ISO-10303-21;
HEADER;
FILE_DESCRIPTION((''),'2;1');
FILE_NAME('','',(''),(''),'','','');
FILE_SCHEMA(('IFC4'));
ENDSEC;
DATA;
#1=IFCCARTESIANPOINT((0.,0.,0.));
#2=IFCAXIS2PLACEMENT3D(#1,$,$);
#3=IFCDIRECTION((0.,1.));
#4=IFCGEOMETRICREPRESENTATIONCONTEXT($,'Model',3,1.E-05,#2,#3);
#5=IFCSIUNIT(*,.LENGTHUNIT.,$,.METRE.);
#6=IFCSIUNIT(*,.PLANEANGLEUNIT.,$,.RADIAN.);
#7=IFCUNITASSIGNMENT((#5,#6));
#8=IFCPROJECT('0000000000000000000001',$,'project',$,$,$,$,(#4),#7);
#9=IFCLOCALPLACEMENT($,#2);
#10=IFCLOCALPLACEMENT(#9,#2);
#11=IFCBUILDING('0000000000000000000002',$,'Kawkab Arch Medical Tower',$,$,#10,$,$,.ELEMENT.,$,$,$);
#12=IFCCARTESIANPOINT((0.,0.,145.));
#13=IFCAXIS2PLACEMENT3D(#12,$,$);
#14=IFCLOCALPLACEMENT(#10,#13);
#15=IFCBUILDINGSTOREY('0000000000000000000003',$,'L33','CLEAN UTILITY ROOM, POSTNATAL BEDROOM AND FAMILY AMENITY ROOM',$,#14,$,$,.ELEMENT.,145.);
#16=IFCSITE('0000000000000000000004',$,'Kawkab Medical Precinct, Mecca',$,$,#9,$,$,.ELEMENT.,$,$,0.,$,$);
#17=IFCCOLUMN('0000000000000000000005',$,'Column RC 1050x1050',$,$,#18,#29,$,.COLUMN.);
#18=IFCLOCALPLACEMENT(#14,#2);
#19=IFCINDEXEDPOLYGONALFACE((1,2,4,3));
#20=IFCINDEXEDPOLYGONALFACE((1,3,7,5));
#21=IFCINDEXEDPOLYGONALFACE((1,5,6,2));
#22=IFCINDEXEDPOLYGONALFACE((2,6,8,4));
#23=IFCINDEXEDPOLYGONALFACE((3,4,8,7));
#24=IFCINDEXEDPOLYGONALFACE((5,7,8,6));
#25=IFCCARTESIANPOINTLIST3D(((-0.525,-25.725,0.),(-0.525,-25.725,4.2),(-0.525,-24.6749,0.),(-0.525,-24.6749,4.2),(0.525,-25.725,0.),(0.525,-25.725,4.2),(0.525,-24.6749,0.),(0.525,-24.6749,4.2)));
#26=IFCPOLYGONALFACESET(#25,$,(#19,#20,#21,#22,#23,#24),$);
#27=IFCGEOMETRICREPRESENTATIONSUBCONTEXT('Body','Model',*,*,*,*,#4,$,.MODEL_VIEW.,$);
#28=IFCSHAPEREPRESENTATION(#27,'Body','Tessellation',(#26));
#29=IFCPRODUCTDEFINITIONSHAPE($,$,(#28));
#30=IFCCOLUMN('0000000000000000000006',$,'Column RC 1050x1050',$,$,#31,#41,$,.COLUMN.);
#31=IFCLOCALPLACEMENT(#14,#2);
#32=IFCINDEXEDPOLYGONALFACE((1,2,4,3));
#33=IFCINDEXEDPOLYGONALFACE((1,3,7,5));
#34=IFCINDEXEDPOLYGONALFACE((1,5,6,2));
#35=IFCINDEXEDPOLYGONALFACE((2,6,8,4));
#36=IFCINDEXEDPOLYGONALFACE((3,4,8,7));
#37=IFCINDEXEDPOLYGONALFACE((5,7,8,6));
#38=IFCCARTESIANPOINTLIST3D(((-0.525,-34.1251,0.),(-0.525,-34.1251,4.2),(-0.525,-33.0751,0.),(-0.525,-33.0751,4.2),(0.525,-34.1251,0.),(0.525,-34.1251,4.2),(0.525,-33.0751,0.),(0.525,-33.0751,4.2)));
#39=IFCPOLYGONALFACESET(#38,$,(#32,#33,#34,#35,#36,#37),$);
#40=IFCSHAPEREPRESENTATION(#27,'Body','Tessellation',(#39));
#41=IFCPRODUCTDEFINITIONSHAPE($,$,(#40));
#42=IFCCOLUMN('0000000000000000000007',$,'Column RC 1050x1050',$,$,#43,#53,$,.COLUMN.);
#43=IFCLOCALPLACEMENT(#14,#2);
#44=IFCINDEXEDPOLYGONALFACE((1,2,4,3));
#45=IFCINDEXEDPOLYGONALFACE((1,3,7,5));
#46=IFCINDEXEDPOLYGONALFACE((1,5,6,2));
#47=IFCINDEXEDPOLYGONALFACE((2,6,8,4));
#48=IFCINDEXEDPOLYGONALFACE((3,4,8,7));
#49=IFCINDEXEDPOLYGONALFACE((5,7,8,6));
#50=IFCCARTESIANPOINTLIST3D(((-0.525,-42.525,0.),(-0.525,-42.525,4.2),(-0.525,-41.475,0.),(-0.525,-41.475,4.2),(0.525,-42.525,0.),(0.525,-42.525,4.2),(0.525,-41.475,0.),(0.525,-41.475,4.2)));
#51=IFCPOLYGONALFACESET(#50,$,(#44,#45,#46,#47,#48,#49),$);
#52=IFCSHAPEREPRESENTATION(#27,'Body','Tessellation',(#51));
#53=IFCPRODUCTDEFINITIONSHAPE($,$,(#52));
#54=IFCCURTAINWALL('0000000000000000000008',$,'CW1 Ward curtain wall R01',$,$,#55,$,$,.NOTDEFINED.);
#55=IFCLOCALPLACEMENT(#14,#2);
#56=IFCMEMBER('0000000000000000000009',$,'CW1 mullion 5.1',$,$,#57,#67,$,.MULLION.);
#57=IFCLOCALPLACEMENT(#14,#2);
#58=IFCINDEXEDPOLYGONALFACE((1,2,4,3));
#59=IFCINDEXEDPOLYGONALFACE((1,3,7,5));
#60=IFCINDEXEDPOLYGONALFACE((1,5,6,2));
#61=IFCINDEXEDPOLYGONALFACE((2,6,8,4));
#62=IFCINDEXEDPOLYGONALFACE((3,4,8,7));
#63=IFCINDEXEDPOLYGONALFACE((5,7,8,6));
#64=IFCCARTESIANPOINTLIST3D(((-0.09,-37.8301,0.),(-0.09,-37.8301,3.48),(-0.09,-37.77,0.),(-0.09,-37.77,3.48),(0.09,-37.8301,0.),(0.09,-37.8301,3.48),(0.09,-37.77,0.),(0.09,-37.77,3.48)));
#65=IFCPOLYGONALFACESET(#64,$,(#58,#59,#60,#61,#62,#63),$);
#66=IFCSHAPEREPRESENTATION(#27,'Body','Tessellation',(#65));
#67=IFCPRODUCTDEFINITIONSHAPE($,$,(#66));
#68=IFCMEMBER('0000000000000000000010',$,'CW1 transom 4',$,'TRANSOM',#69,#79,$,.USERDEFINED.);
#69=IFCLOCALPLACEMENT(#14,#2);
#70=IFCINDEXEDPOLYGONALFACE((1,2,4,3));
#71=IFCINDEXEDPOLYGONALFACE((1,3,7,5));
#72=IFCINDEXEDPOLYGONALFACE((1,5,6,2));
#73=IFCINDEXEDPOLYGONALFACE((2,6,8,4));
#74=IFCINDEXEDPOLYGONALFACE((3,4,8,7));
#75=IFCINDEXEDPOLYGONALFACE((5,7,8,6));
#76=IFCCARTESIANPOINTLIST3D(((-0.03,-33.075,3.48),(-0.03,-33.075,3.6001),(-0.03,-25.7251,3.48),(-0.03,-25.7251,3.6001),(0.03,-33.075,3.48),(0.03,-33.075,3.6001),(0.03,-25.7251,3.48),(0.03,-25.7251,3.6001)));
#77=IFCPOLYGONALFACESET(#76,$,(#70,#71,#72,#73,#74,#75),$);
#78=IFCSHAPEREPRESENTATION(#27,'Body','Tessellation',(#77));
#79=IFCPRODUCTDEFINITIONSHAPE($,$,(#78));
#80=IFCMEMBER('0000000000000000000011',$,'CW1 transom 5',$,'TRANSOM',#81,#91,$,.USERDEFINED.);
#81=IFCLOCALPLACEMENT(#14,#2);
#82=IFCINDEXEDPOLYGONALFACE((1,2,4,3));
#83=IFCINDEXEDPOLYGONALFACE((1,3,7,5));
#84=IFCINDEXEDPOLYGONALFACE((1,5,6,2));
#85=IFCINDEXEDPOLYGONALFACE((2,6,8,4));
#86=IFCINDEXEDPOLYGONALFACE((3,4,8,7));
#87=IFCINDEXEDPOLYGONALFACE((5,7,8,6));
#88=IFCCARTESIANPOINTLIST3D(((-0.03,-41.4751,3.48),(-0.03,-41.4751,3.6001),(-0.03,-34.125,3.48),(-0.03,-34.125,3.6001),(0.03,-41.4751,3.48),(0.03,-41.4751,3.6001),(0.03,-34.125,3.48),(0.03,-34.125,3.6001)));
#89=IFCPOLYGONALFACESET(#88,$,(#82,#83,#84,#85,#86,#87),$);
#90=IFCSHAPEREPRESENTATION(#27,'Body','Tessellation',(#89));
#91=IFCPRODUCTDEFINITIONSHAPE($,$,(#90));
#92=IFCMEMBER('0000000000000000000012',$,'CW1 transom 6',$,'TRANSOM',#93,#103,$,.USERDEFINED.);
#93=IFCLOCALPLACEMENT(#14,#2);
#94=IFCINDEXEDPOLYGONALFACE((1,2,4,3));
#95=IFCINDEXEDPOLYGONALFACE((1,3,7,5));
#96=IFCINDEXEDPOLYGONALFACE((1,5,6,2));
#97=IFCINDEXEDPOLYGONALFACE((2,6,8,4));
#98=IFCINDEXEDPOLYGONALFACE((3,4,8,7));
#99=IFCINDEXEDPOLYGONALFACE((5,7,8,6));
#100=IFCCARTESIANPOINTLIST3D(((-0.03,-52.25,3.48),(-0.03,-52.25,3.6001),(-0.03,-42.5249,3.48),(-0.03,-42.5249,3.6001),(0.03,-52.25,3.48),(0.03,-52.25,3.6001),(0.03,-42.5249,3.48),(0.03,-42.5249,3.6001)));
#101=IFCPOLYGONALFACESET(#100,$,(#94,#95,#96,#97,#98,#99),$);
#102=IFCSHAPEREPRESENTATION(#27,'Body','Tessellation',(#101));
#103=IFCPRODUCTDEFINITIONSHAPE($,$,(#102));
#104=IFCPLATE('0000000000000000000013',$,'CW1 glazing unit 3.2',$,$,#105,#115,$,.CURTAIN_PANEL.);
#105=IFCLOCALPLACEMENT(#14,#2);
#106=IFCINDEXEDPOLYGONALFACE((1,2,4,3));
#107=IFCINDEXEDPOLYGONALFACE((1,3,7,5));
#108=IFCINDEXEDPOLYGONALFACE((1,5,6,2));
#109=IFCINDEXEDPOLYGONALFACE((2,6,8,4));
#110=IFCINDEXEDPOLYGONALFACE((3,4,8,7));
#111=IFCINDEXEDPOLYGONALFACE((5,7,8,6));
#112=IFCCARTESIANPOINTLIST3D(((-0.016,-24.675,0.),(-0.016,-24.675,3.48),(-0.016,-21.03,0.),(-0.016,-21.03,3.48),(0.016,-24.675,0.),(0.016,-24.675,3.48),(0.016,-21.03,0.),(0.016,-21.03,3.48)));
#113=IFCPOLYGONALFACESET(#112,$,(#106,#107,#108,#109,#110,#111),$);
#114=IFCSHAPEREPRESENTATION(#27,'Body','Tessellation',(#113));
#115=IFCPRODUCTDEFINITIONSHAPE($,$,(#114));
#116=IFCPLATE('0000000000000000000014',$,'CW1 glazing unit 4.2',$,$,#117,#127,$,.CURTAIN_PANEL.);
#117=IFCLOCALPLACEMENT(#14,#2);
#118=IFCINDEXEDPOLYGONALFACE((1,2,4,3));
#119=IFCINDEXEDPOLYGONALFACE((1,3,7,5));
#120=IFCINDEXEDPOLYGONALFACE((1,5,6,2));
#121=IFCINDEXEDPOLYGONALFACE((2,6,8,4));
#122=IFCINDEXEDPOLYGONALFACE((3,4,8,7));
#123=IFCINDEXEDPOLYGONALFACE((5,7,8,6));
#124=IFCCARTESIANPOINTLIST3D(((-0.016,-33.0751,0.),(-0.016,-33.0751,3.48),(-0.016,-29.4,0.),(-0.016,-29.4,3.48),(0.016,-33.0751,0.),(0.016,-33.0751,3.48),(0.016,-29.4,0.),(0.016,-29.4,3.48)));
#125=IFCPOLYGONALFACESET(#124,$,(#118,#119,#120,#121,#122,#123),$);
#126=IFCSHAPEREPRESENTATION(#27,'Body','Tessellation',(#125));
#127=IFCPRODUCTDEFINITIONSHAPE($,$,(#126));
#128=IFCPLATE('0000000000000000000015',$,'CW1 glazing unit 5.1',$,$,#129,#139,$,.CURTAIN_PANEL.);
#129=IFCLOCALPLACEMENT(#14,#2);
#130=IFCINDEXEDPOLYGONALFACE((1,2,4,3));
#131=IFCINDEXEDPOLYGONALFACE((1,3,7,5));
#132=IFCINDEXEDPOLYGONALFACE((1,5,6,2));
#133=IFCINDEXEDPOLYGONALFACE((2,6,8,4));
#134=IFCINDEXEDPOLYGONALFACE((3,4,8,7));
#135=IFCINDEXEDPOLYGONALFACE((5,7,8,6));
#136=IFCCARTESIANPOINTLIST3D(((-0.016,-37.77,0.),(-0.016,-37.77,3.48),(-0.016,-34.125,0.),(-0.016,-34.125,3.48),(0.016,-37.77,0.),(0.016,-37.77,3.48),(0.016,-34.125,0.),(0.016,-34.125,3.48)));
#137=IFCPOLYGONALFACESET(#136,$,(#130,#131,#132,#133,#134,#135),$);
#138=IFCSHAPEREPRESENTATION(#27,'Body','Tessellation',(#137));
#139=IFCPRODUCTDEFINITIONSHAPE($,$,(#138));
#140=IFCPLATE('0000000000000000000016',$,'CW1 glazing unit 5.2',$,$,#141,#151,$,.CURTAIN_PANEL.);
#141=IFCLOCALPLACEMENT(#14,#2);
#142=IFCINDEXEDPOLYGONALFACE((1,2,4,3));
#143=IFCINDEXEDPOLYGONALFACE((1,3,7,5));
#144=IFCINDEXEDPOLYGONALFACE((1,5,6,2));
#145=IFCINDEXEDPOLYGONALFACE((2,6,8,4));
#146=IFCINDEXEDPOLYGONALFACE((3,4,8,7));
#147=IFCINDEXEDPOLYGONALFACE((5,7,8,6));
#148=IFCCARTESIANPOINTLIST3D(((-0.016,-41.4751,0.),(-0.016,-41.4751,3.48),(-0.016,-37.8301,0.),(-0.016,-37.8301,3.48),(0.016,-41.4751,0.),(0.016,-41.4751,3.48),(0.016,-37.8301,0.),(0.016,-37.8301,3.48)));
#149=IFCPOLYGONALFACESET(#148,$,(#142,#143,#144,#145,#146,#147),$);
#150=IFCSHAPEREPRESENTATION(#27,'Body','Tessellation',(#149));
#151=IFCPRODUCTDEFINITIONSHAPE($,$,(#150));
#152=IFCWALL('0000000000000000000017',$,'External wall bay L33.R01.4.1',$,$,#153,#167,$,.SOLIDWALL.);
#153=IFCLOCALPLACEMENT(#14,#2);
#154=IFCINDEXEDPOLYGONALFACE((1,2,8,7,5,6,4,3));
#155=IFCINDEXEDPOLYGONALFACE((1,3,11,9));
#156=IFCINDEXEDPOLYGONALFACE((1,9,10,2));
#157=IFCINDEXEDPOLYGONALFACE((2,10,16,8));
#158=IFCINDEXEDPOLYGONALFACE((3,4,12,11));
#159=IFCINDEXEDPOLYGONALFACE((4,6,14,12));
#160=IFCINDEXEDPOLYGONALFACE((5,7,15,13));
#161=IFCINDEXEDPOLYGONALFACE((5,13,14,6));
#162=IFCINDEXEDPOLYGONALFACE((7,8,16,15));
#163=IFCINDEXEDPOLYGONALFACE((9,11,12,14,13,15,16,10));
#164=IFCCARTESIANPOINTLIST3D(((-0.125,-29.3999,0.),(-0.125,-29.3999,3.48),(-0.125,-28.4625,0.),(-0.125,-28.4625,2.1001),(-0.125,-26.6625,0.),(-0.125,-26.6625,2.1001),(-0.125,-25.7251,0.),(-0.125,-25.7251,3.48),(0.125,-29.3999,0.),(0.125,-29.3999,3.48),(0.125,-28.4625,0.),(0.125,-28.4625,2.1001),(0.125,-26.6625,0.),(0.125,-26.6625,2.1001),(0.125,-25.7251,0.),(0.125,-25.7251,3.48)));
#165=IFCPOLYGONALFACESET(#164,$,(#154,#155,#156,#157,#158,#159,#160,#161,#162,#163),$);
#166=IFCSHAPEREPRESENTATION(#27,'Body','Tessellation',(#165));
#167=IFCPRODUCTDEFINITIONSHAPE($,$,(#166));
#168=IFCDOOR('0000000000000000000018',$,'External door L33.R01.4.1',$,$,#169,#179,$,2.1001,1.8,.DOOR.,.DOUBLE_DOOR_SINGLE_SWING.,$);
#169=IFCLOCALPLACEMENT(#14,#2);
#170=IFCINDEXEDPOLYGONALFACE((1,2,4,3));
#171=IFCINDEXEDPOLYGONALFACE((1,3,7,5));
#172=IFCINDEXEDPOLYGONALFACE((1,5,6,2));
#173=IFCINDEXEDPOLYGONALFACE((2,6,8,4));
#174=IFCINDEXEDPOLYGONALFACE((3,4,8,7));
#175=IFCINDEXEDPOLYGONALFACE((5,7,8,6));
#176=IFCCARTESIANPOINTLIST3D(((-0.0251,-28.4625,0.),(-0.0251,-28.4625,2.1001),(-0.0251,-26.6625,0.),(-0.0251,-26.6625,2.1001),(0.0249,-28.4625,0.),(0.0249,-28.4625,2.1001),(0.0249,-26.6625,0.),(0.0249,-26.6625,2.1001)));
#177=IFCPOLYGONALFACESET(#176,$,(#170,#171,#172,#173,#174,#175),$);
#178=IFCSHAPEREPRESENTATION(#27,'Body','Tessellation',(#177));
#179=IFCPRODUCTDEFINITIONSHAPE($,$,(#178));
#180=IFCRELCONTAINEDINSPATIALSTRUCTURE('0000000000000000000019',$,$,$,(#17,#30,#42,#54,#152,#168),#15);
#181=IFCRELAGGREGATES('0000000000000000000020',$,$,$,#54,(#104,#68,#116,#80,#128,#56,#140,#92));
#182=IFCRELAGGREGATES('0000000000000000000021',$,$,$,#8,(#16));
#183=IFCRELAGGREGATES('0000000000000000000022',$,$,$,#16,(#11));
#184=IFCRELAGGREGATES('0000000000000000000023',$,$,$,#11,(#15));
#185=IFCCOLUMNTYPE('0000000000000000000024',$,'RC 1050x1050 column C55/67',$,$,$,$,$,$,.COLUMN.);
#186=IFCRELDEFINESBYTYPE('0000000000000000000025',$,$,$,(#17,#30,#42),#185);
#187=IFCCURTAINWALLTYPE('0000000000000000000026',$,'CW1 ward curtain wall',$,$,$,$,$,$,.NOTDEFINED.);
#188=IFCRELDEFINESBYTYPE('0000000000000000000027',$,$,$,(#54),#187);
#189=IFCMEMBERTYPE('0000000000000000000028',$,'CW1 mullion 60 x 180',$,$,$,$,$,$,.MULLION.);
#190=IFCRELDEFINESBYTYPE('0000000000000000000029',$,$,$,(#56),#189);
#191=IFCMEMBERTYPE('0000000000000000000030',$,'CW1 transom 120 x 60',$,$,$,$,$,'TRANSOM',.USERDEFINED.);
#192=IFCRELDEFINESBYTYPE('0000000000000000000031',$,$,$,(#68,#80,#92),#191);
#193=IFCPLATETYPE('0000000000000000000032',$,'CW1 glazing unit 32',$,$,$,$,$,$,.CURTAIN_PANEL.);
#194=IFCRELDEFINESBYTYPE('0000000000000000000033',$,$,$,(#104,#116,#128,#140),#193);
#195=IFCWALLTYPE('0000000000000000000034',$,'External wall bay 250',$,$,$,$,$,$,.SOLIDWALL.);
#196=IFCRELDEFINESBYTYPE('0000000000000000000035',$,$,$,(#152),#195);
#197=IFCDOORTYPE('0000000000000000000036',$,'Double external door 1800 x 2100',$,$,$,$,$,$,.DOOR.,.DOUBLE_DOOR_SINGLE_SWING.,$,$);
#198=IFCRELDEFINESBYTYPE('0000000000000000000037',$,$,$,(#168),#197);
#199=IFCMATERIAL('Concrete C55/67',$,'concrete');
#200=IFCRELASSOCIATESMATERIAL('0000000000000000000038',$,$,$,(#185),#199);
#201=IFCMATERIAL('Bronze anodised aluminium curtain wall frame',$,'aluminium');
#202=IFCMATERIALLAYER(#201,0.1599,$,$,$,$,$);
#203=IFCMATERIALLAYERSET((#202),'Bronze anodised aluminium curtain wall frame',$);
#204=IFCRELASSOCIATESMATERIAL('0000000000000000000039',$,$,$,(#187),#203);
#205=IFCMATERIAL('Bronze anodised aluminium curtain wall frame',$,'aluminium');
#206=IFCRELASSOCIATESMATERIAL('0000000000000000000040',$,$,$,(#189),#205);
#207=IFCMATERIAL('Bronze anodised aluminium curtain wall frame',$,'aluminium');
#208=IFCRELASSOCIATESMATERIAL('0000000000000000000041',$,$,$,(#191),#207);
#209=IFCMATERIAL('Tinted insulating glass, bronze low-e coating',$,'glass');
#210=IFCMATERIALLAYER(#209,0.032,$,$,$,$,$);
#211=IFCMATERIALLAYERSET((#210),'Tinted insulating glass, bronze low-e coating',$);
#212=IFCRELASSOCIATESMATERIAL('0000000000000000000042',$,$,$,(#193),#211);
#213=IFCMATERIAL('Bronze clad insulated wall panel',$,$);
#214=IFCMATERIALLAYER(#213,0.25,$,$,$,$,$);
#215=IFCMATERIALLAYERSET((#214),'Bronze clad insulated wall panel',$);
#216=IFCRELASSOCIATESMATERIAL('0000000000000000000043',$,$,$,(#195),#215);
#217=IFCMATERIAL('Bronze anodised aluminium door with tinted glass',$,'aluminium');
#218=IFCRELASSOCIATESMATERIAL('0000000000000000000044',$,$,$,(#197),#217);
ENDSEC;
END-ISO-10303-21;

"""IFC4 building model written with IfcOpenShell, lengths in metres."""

from ifc_helpers import new_model, si_unit, direction, frame, frame_2d, origin, origin_2d, place, context, subcontext, project, spatial, rectangle, extrude, material, layer, layer_set, material_profile, profile_set, type_object, element, fill, aggregate, save


model = new_model("IFC4")

# Units and contexts
model_context = context("Model", 3, precision=1e-05, world=origin(), true_north=direction((0.0, 1.0)))
body_context = subcontext(model_context, "Body", "Model", "MODEL_VIEW")
ifc_project = project(units=[si_unit("LENGTHUNIT", "METRE"), si_unit("PLANEANGLEUNIT", "RADIAN")], contexts=[model_context])

# Site, building, storey
site_placement = place(None, origin())
site = spatial("IfcSite", under=ifc_project, at=site_placement, Name="Kawkab Medical Precinct, Mecca", CompositionType="ELEMENT", RefElevation=0.0)
building_placement = place(site_placement, origin())
building = spatial("IfcBuilding", under=site, at=building_placement, Name="Kawkab Arch Medical Tower", CompositionType="ELEMENT")
storey_placement = place(building_placement, frame((0.0, 0.0, 145.0)))
storey = spatial("IfcBuildingStorey", under=building, at=storey_placement, Name="L33", Description="CLEAN UTILITY ROOM, POSTNATAL BEDROOM AND FAMILY AMENITY ROOM", CompositionType="ELEMENT", Elevation=145.0)

# Columns
ifc_material_1 = material(Name="Concrete C55/67", Category="concrete")
ifc_material_profile_1 = material_profile(ifc_material_1, rectangle(XDim=1.05, YDim=1.05, at=origin_2d()), Name="RC 1050x1050")
ifc_profile_set_1 = profile_set([ifc_material_profile_1], Name="Concrete C55/67")
column_type = type_object("IfcColumnType", Name="RC 1050x1050 column C55/67", PredefinedType="COLUMN", material=ifc_profile_set_1)
for number, where, z_axis, x_axis, name in (
    (1, (0.0, -25.2, 0.0), (0.0, 0.0, 1.0), (1.0, 0.0, 0.0), "Column RC 1050x1050"),
    (2, (0.0, -33.6001, 0.0), (0.0, 0.0, 1.0), (1.0, 0.0, 0.0), "Column RC 1050x1050"),
    (3, (0.0, -42.0, 0.0), (0.0, 0.0, 1.0), (1.0, 0.0, 0.0), "Column RC 1050x1050"),
):
    element("IfcColumn", number, at=place(storey_placement, frame(where, z_axis=z_axis, x_axis=x_axis)), inside=storey, type_object=column_type, Name=name, PredefinedType="COLUMN", context=body_context, shape_type="SweptSolid", body=[
        extrude(rectangle(XDim=1.05, YDim=1.05, at=origin_2d()), origin(), (0.0, 0.0, 1.0), 4.2),
    ])

# Curtain wall, members, plates
ifc_material_2 = material(Name="Bronze anodised aluminium curtain wall frame", Category="aluminium")
ifc_layer_1 = layer(ifc_material_2, 0.1599)
ifc_layer_set_1 = layer_set([ifc_layer_1], Name="Bronze anodised aluminium curtain wall frame")
curtain_wall_type = type_object("IfcCurtainWallType", Name="CW1 ward curtain wall", PredefinedType="NOTDEFINED", material=ifc_layer_set_1)
curtain_wall_placement = place(storey_placement, origin())
curtain_wall = element("IfcCurtainWall", 4, at=curtain_wall_placement, inside=storey, type_object=curtain_wall_type, Name="CW1 Ward curtain wall R01", PredefinedType="NOTDEFINED")
ifc_material_3 = material(Name="Bronze anodised aluminium curtain wall frame", Category="aluminium")
ifc_material_profile_2 = material_profile(ifc_material_3, rectangle(XDim=0.1799, YDim=0.0601, at=origin_2d()), Name="AL 60x180")
ifc_profile_set_2 = profile_set([ifc_material_profile_2], Name="Bronze anodised aluminium curtain wall frame")
member_type_1 = type_object("IfcMemberType", Name="CW1 mullion 60 x 180", PredefinedType="MULLION", material=ifc_profile_set_2)
member_1_placement = place(storey_placement, frame((0.0, -37.8, 0.0), z_axis=(0.0, 0.0, 1.0), x_axis=(1.0, 0.0, 0.0)))
member_1 = element("IfcMember", 5, at=member_1_placement, type_object=member_type_1, Name="CW1 mullion 5.1", PredefinedType="MULLION", context=body_context, shape_type="SweptSolid", body=[
    extrude(rectangle(XDim=0.1799, YDim=0.0601, at=origin_2d()), origin(), (0.0, 0.0, 1.0), 3.48),
])
ifc_material_4 = material(Name="Bronze anodised aluminium curtain wall frame", Category="aluminium")
ifc_material_profile_3 = material_profile(ifc_material_4, rectangle(XDim=0.0601, YDim=0.1201, at=origin_2d()), Name="AL 60x120")
ifc_profile_set_3 = profile_set([ifc_material_profile_3], Name="Bronze anodised aluminium curtain wall frame")
member_type_2 = type_object("IfcMemberType", Name="CW1 transom 120 x 60", ElementType="TRANSOM", PredefinedType="USERDEFINED", material=ifc_profile_set_3)
member_2_placement = place(storey_placement, frame((0.0, -25.7251, 3.54), z_axis=(0.0, -1.0, 0.0), x_axis=(1.0, 0.0, 0.0)))
member_2 = element("IfcMember", 6, at=member_2_placement, type_object=member_type_2, Name="CW1 transom 4", ObjectType="TRANSOM", PredefinedType="USERDEFINED", context=body_context, shape_type="SweptSolid", body=[
    extrude(rectangle(XDim=0.0601, YDim=0.1201, at=origin_2d()), origin(), (0.0, 0.0, 1.0), 7.3499),
])
member_3_placement = place(storey_placement, frame((0.0, -34.125, 3.54), z_axis=(0.0, -1.0, 0.0), x_axis=(1.0, 0.0, 0.0)))
member_3 = element("IfcMember", 7, at=member_3_placement, type_object=member_type_2, Name="CW1 transom 5", ObjectType="TRANSOM", PredefinedType="USERDEFINED", context=body_context, shape_type="SweptSolid", body=[
    extrude(rectangle(XDim=0.0601, YDim=0.1201, at=origin_2d()), origin(), (0.0, 0.0, 1.0), 7.3501),
])
member_4_placement = place(storey_placement, frame((0.0, -42.5249, 3.54), z_axis=(0.0, -1.0, 0.0), x_axis=(1.0, 0.0, 0.0)))
member_4 = element("IfcMember", 8, at=member_4_placement, type_object=member_type_2, Name="CW1 transom 6", ObjectType="TRANSOM", PredefinedType="USERDEFINED", context=body_context, shape_type="SweptSolid", body=[
    extrude(rectangle(XDim=0.0601, YDim=0.1201, at=origin_2d()), origin(), (0.0, 0.0, 1.0), 9.7251),
])
ifc_material_5 = material(Name="Tinted insulating glass, bronze low-e coating", Category="glass")
ifc_layer_2 = layer(ifc_material_5, 0.032)
ifc_layer_set_2 = layer_set([ifc_layer_2], Name="Tinted insulating glass, bronze low-e coating")
plate_type = type_object("IfcPlateType", Name="CW1 glazing unit 32", PredefinedType="CURTAIN_PANEL", material=ifc_layer_set_2)
plate_1_placement = place(storey_placement, frame((0.0, -22.8525, 0.0), z_axis=(0.0, 0.0, 1.0), x_axis=(0.0, -1.0, 0.0)))
plate_1 = element("IfcPlate", 9, at=plate_1_placement, type_object=plate_type, Name="CW1 glazing unit 3.2", PredefinedType="CURTAIN_PANEL", context=body_context, shape_type="SweptSolid", body=[
    extrude(rectangle(XDim=3.645, YDim=0.032, at=origin_2d()), origin(), (0.0, 0.0, 1.0), 3.48),
])
plate_2_placement = place(storey_placement, frame((0.0, -31.2375, 0.0), z_axis=(0.0, 0.0, 1.0), x_axis=(0.0, -1.0, 0.0)))
plate_2 = element("IfcPlate", 10, at=plate_2_placement, type_object=plate_type, Name="CW1 glazing unit 4.2", PredefinedType="CURTAIN_PANEL", context=body_context, shape_type="SweptSolid", body=[
    extrude(rectangle(XDim=3.675, YDim=0.032, at=origin_2d()), origin(), (0.0, 0.0, 1.0), 3.48),
])
plate_3_placement = place(storey_placement, frame((0.0, -35.9475, 0.0), z_axis=(0.0, 0.0, 1.0), x_axis=(0.0, -1.0, 0.0)))
plate_3 = element("IfcPlate", 11, at=plate_3_placement, type_object=plate_type, Name="CW1 glazing unit 5.1", PredefinedType="CURTAIN_PANEL", context=body_context, shape_type="SweptSolid", body=[
    extrude(rectangle(XDim=3.645, YDim=0.032, at=origin_2d()), origin(), (0.0, 0.0, 1.0), 3.48),
])
plate_4_placement = place(storey_placement, frame((0.0, -39.6526, 0.0), z_axis=(0.0, 0.0, 1.0), x_axis=(0.0, -1.0, 0.0)))
plate_4 = element("IfcPlate", 12, at=plate_4_placement, type_object=plate_type, Name="CW1 glazing unit 5.2", PredefinedType="CURTAIN_PANEL", context=body_context, shape_type="SweptSolid", body=[
    extrude(rectangle(XDim=3.645, YDim=0.032, at=origin_2d()), origin(), (0.0, 0.0, 1.0), 3.48),
])
aggregate(curtain_wall, [plate_1, member_2, plate_2, member_3, plate_3, member_1, plate_4, member_4])

# Wall, opening, door
ifc_material_6 = material(Name="Bronze clad insulated wall panel")
ifc_layer_3 = layer(ifc_material_6, 0.25)
ifc_layer_set_3 = layer_set([ifc_layer_3], Name="Bronze clad insulated wall panel")
wall_type_1 = type_object("IfcWallType", Name="External wall bay 250", PredefinedType="SOLIDWALL", material=ifc_layer_set_3)
wall_1_placement = place(storey_placement, frame((0.0, -25.7251, 0.0), z_axis=(0.0, 0.0, 1.0), x_axis=(0.0, -1.0, 0.0)))
wall_1 = element("IfcWall", 13, at=wall_1_placement, inside=storey, type_object=wall_type_1, Name="External wall bay L33.R01.4.1", PredefinedType="SOLIDWALL", context=body_context, shape_type="SweptSolid", body=[
    extrude(rectangle(XDim=3.6748, YDim=0.25, at=frame_2d((1.8374, 0.0))), origin(), (0.0, 0.0, 1.0), 3.48),
])
opening_1_placement = place(wall_1_placement, frame((0.9375, 0.0, 0.0)))
opening_1 = element("IfcOpeningElement", 14, at=opening_1_placement, cuts=wall_1, PredefinedType="OPENING", context=body_context, shape_type="SweptSolid", body=[
    extrude(rectangle(XDim=1.8, YDim=2.1001, at=frame_2d((0.8999, 1.05))), frame((0.0, 0.135, 0.0), z_axis=(0.0, -1.0, 0.0), x_axis=(1.0, 0.0, 0.0)), (0.0, 0.0, 1.0), 0.27),
])
ifc_material_7 = material(Name="Bronze anodised aluminium door with tinted glass", Category="aluminium")
door_type_1 = type_object("IfcDoorType", Name="Double external door 1800 x 2100", OperationType="DOUBLE_DOOR_SINGLE_SWING", PredefinedType="DOOR", material=ifc_material_7)
door_1_placement = place(opening_1_placement, origin())
door_1 = element("IfcDoor", 15, at=door_1_placement, inside=storey, type_object=door_type_1, Name="External door L33.R01.4.1", OperationType="DOUBLE_DOOR_SINGLE_SWING", OverallHeight=2.1001, OverallWidth=1.8, PredefinedType="DOOR", context=body_context, shape_type="SweptSolid", body=[
    extrude(rectangle(XDim=1.8, YDim=2.1001, at=frame_2d((0.8999, 1.05))), frame((0.0, 0.0249, 0.0), z_axis=(0.0, -1.0, 0.0), x_axis=(1.0, 0.0, 0.0)), (0.0, 0.0, 1.0), 0.05),
])
fill(opening_1, door_1)

save(model, "model.ifc")
